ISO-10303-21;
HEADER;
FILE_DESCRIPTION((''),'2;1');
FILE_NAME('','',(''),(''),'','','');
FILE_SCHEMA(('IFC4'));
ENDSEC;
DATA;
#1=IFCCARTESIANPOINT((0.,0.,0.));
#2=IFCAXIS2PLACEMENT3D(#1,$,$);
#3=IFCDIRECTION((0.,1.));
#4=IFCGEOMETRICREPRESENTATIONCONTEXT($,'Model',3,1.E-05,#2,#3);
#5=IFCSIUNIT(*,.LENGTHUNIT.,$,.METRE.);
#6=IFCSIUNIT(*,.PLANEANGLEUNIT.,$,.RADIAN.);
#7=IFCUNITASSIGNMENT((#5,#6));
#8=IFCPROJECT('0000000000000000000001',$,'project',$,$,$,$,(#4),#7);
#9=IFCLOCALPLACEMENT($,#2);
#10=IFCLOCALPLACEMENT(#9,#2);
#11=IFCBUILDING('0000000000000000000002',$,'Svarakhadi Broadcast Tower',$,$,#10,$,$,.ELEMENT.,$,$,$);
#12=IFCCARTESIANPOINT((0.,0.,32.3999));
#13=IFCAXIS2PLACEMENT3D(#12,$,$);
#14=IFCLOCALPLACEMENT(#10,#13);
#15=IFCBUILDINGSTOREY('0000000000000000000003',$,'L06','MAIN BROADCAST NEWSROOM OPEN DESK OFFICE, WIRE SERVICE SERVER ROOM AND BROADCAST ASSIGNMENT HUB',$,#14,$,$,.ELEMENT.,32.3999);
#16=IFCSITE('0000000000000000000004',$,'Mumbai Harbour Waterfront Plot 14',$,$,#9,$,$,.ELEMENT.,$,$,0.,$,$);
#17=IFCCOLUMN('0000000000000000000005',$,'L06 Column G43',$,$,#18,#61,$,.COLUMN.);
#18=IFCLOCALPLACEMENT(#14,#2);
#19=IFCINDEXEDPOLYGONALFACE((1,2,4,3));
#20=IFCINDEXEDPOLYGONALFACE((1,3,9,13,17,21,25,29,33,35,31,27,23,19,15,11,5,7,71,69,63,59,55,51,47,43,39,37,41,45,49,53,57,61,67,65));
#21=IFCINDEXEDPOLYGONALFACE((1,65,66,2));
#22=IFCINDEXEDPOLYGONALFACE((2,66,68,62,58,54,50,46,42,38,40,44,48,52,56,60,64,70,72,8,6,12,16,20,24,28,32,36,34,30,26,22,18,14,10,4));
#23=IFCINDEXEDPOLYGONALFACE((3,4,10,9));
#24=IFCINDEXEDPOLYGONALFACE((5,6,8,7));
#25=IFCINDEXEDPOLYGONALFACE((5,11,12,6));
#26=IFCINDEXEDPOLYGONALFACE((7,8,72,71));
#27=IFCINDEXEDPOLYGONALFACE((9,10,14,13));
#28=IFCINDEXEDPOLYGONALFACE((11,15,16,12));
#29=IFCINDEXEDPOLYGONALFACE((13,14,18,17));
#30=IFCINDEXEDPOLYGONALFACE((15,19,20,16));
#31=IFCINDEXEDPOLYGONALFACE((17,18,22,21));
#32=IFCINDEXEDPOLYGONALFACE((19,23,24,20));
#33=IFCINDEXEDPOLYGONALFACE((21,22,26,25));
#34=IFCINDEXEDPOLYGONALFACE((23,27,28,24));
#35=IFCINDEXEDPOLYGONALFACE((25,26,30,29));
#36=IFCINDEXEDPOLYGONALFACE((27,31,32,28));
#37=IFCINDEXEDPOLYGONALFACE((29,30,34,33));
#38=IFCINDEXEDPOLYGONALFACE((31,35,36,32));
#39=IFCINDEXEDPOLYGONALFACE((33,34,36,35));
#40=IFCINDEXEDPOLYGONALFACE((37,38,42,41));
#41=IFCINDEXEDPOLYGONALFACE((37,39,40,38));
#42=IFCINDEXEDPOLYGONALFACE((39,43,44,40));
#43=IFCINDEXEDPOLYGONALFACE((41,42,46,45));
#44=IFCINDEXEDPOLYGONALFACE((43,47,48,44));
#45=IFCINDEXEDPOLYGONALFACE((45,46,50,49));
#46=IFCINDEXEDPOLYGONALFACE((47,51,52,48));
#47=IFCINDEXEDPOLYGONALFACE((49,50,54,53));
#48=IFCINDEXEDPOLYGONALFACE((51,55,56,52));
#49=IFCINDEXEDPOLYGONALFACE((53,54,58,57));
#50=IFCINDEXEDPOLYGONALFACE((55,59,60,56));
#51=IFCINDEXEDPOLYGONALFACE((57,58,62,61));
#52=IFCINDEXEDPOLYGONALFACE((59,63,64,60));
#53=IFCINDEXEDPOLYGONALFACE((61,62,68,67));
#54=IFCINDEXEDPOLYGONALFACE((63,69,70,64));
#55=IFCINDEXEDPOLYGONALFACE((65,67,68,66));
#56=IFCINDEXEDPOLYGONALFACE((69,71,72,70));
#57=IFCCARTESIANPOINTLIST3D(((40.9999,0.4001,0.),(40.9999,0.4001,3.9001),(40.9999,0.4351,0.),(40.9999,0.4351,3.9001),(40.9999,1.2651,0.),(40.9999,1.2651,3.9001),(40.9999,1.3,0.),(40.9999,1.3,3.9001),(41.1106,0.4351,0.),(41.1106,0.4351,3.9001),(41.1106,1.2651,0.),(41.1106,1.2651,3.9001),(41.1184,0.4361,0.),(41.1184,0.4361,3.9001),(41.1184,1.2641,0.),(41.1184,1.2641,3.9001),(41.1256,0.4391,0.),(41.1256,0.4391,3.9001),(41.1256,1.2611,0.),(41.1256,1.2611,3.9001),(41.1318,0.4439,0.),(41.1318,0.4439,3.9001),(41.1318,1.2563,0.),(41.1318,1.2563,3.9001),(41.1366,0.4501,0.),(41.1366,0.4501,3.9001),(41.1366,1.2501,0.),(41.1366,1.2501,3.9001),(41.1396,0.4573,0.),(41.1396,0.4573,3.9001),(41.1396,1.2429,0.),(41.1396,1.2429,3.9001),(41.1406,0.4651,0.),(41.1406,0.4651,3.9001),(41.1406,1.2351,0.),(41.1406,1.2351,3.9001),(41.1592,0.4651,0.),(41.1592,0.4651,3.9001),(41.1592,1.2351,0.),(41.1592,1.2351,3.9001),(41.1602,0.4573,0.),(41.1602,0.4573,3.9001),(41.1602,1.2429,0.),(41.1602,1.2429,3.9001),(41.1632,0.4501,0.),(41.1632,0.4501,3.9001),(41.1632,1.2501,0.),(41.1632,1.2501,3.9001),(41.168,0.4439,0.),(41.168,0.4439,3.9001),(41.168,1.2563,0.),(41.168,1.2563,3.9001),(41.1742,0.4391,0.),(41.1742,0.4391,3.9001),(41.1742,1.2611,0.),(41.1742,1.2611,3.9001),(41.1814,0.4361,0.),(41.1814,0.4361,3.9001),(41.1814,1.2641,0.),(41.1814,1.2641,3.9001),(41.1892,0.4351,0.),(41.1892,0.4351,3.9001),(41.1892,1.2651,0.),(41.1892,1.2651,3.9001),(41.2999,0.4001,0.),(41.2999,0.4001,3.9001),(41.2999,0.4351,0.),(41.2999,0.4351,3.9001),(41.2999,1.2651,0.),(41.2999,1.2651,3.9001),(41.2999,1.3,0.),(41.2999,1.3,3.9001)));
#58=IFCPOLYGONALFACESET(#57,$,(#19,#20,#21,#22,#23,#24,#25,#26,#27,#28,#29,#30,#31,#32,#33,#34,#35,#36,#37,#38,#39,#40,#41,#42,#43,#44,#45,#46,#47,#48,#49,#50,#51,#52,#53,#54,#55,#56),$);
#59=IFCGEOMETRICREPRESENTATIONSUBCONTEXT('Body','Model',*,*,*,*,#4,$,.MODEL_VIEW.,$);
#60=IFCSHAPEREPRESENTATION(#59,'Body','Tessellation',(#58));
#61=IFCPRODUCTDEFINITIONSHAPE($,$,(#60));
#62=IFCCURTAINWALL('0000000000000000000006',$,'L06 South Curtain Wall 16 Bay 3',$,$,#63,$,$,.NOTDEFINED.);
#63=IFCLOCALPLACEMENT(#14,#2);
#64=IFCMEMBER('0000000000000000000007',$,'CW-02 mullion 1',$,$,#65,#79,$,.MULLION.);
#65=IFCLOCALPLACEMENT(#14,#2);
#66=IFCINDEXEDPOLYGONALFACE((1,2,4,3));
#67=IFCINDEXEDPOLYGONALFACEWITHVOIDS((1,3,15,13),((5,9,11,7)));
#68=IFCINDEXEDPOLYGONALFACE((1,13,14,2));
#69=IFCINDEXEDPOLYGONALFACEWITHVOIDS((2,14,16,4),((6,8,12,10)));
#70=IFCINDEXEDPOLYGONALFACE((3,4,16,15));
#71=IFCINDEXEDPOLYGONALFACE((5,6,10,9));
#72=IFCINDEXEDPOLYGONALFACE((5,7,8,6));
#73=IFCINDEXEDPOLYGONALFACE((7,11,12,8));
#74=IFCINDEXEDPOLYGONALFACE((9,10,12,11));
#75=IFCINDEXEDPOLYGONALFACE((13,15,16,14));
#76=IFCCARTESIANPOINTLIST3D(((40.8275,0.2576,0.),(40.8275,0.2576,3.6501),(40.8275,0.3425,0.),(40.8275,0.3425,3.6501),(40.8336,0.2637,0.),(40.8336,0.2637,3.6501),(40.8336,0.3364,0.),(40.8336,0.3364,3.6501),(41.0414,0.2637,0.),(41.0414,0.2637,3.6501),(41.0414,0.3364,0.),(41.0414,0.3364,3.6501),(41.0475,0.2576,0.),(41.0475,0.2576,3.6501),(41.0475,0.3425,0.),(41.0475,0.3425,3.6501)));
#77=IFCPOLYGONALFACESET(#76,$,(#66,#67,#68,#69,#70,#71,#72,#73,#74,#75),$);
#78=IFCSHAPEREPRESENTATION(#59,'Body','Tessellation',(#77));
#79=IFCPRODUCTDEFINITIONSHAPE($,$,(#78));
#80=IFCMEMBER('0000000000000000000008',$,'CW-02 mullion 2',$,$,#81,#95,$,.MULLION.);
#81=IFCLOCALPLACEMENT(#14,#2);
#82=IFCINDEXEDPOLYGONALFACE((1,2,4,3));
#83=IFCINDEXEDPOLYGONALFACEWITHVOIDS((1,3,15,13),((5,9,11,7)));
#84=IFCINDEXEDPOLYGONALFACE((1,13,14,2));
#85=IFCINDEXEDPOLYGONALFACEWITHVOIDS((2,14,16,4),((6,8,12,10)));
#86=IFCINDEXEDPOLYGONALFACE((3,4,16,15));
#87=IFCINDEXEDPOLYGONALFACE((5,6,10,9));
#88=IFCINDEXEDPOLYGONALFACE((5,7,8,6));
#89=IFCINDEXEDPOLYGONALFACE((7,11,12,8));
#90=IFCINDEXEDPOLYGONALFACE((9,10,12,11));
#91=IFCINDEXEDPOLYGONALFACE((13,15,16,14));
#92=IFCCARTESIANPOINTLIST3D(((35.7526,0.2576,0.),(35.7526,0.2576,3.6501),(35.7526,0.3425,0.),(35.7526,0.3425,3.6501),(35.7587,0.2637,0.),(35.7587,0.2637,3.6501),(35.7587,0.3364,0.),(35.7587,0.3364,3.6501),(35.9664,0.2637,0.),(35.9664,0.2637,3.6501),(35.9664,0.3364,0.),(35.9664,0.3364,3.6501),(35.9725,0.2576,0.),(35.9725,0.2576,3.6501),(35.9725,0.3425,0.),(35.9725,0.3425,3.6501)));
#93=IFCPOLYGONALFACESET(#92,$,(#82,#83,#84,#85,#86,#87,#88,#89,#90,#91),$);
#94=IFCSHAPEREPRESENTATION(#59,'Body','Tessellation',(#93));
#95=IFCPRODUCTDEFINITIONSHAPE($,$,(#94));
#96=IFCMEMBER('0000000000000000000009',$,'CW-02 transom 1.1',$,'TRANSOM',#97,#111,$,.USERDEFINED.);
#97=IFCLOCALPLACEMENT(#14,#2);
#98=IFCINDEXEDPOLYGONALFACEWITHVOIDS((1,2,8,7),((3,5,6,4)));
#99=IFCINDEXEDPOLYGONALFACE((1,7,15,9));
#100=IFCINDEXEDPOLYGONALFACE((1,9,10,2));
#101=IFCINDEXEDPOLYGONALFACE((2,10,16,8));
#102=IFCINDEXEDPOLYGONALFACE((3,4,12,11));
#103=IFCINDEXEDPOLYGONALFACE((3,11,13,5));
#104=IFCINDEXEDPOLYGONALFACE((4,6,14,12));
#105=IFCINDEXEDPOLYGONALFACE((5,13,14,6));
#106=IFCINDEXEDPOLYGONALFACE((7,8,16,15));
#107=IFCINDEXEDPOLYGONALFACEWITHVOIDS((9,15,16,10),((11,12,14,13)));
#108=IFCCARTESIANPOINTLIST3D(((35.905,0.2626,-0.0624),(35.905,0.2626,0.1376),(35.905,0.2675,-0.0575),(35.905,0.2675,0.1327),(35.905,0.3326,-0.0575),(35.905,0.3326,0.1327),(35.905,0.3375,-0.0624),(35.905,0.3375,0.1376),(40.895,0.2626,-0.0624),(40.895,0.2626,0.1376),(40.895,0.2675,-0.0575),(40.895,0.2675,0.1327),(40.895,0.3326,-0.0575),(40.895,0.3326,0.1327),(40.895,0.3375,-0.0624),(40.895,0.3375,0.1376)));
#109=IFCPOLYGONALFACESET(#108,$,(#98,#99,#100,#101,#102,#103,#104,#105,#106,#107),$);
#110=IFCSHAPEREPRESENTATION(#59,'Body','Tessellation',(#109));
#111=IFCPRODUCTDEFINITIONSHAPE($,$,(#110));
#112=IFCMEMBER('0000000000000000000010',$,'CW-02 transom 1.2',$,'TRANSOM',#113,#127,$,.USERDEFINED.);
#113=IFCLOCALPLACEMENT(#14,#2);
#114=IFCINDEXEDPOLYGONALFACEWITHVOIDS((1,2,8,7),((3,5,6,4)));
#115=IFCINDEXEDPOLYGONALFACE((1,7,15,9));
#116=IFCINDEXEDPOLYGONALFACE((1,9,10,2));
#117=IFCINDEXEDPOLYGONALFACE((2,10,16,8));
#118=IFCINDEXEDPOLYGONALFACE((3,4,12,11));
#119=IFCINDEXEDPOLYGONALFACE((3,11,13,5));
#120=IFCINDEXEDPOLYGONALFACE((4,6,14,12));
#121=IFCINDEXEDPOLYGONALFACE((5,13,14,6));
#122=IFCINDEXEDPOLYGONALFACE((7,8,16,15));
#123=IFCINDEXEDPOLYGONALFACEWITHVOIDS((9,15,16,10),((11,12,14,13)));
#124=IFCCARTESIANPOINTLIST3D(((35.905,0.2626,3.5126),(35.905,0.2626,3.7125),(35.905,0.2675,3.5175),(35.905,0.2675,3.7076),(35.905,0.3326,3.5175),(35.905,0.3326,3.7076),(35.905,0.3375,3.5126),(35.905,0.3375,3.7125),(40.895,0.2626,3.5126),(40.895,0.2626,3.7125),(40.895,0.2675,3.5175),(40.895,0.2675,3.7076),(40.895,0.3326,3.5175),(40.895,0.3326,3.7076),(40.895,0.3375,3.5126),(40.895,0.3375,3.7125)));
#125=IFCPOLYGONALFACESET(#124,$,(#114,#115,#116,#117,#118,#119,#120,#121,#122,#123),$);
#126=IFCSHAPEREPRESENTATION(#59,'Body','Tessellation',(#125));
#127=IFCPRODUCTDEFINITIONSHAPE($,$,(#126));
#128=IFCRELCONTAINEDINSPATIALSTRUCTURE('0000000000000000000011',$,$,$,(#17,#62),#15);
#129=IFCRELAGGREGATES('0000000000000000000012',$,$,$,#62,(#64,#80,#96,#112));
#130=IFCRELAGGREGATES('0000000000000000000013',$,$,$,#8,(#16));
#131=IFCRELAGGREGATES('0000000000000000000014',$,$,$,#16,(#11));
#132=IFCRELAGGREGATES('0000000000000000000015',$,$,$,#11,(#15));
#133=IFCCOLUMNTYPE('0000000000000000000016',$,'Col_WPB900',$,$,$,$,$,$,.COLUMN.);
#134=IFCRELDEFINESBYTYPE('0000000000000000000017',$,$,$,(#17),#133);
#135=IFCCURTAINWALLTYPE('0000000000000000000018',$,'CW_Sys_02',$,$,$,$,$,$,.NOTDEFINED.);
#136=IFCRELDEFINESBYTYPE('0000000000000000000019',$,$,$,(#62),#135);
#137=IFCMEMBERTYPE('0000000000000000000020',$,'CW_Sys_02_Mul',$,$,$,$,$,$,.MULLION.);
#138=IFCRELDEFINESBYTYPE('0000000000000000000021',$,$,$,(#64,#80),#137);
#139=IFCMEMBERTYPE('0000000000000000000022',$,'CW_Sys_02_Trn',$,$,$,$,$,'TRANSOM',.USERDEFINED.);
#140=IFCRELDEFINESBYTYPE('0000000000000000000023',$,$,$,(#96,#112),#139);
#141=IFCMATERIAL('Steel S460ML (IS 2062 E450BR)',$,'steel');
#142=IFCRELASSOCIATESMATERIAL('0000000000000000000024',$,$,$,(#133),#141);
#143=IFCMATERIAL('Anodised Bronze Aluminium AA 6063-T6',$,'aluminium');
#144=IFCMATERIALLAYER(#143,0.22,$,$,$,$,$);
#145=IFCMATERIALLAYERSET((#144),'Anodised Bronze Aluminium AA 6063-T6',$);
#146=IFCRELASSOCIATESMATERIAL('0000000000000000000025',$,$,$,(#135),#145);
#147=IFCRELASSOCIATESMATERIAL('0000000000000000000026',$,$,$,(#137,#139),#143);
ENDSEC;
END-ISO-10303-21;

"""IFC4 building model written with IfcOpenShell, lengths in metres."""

from ifc_helpers import new_model, si_unit, direction, frame, origin, origin_2d, place, context, subcontext, project, spatial, hollow_rectangle, i_section, extrude, material, layer, layer_set, material_profile, profile_set, type_object, element, aggregate, save


model = new_model("IFC4")

# Units and contexts
model_context = context("Model", 3, precision=1e-05, world=origin(), true_north=direction((0.0, 1.0)))
body_context = subcontext(model_context, "Body", "Model", "MODEL_VIEW")
ifc_project = project(units=[si_unit("LENGTHUNIT", "METRE"), si_unit("PLANEANGLEUNIT", "RADIAN")], contexts=[model_context])

# Site, building, storey
site_placement = place(None, origin())
site = spatial("IfcSite", under=ifc_project, at=site_placement, Name="Mumbai Harbour Waterfront Plot 14", CompositionType="ELEMENT", RefElevation=0.0)
building_placement = place(site_placement, origin())
building = spatial("IfcBuilding", under=site, at=building_placement, Name="Svarakhadi Broadcast Tower", CompositionType="ELEMENT")
storey_placement = place(building_placement, frame((0.0, 0.0, 32.3999)))
storey = spatial("IfcBuildingStorey", under=building, at=storey_placement, Name="L06", Description="MAIN BROADCAST NEWSROOM OPEN DESK OFFICE, WIRE SERVICE SERVER ROOM AND BROADCAST ASSIGNMENT HUB", CompositionType="ELEMENT", Elevation=32.3999)

# Column
ifc_material_1 = material(Name="Steel S460ML (IS 2062 E450BR)", Category="steel")
ifc_material_profile_1 = material_profile(ifc_material_1, i_section(OverallWidth=0.3, OverallDepth=0.8999, WebThickness=0.0186, FlangeThickness=0.0349, FilletRadius=0.03, at=origin_2d()), Name="WPB 900x300x291")
ifc_profile_set_1 = profile_set([ifc_material_profile_1], Name="Steel S460ML (IS 2062 E450BR)")
column_type = type_object("IfcColumnType", Name="Col_WPB900", PredefinedType="COLUMN", material=ifc_profile_set_1)
column_placement = place(storey_placement, frame((41.1499, 0.8501, 0.0), z_axis=(0.0, 0.0, 1.0), x_axis=(1.0, 0.0, 0.0)))
element("IfcColumn", 1, at=column_placement, inside=storey, type_object=column_type, Name="L06 Column G43", PredefinedType="COLUMN", context=body_context, shape_type="SweptSolid", body=[
    extrude(i_section(OverallWidth=0.3, OverallDepth=0.8999, WebThickness=0.0186, FlangeThickness=0.0349, FilletRadius=0.03, at=origin_2d()), origin(), (0.0, 0.0, 1.0), 3.9001),
])

# Curtain wall, members
ifc_material_2 = material(Name="Anodised Bronze Aluminium AA 6063-T6", Category="aluminium")
ifc_layer_1 = layer(ifc_material_2, 0.22)
ifc_layer_set_1 = layer_set([ifc_layer_1], Name="Anodised Bronze Aluminium AA 6063-T6")
curtain_wall_type = type_object("IfcCurtainWallType", Name="CW_Sys_02", PredefinedType="NOTDEFINED", material=ifc_layer_set_1)
curtain_wall_placement = place(storey_placement, origin())
curtain_wall = element("IfcCurtainWall", 2, at=curtain_wall_placement, inside=storey, type_object=curtain_wall_type, Name="L06 South Curtain Wall 16 Bay 3", PredefinedType="NOTDEFINED")
ifc_material_profile_2 = material_profile(ifc_material_2, hollow_rectangle(XDim=0.085, YDim=0.22, WallThickness=0.0061, at=origin_2d()), Name="ALU MULLION 220x85x6")
ifc_profile_set_2 = profile_set([ifc_material_profile_2], Name="Anodised Bronze Aluminium AA 6063-T6")
member_type_1 = type_object("IfcMemberType", Name="CW_Sys_02_Mul", PredefinedType="MULLION", material=ifc_profile_set_2)
member_1_placement = place(storey_placement, frame((40.9375, 0.3, 0.0), z_axis=(0.0, 0.0, 1.0), x_axis=(0.0, -1.0, 0.0)))
member_1 = element("IfcMember", 3, at=member_1_placement, type_object=member_type_1, Name="CW-02 mullion 1", PredefinedType="MULLION", context=body_context, shape_type="SweptSolid", body=[
    extrude(hollow_rectangle(XDim=0.085, YDim=0.22, WallThickness=0.0061, at=origin_2d()), origin(), (0.0, 0.0, 1.0), 3.6501),
])
member_2_placement = place(storey_placement, frame((35.8625, 0.3, 0.0), z_axis=(0.0, 0.0, 1.0), x_axis=(0.0, -1.0, 0.0)))
member_2 = element("IfcMember", 4, at=member_2_placement, type_object=member_type_1, Name="CW-02 mullion 2", PredefinedType="MULLION", context=body_context, shape_type="SweptSolid", body=[
    extrude(hollow_rectangle(XDim=0.085, YDim=0.22, WallThickness=0.0061, at=origin_2d()), origin(), (0.0, 0.0, 1.0), 3.6501),
])
ifc_material_profile_3 = material_profile(ifc_material_2, hollow_rectangle(XDim=0.075, YDim=0.2, WallThickness=0.0049, at=origin_2d()), Name="ALU TRANSOM 200x75x5")
ifc_profile_set_3 = profile_set([ifc_material_profile_3], Name="Anodised Bronze Aluminium AA 6063-T6")
member_type_2 = type_object("IfcMemberType", Name="CW_Sys_02_Trn", ElementType="TRANSOM", PredefinedType="USERDEFINED", material=ifc_profile_set_3)
member_3_placement = place(storey_placement, frame((40.895, 0.3, 0.0376), z_axis=(-1.0, 0.0, 0.0), x_axis=(0.0, -1.0, 0.0)))
member_3 = element("IfcMember", 5, at=member_3_placement, type_object=member_type_2, Name="CW-02 transom 1.1", ObjectType="TRANSOM", PredefinedType="USERDEFINED", context=body_context, shape_type="SweptSolid", body=[
    extrude(hollow_rectangle(XDim=0.075, YDim=0.2, WallThickness=0.0049, at=origin_2d()), origin(), (0.0, 0.0, 1.0), 4.99),
])
member_4_placement = place(storey_placement, frame((40.895, 0.3, 3.6125), z_axis=(-1.0, 0.0, 0.0), x_axis=(0.0, -1.0, 0.0)))
member_4 = element("IfcMember", 6, at=member_4_placement, type_object=member_type_2, Name="CW-02 transom 1.2", ObjectType="TRANSOM", PredefinedType="USERDEFINED", context=body_context, shape_type="SweptSolid", body=[
    extrude(hollow_rectangle(XDim=0.075, YDim=0.2, WallThickness=0.0049, at=origin_2d()), origin(), (0.0, 0.0, 1.0), 4.99),
])

aggregate(curtain_wall, [member_1, member_2, member_3, member_4])

save(model, "model.ifc")
